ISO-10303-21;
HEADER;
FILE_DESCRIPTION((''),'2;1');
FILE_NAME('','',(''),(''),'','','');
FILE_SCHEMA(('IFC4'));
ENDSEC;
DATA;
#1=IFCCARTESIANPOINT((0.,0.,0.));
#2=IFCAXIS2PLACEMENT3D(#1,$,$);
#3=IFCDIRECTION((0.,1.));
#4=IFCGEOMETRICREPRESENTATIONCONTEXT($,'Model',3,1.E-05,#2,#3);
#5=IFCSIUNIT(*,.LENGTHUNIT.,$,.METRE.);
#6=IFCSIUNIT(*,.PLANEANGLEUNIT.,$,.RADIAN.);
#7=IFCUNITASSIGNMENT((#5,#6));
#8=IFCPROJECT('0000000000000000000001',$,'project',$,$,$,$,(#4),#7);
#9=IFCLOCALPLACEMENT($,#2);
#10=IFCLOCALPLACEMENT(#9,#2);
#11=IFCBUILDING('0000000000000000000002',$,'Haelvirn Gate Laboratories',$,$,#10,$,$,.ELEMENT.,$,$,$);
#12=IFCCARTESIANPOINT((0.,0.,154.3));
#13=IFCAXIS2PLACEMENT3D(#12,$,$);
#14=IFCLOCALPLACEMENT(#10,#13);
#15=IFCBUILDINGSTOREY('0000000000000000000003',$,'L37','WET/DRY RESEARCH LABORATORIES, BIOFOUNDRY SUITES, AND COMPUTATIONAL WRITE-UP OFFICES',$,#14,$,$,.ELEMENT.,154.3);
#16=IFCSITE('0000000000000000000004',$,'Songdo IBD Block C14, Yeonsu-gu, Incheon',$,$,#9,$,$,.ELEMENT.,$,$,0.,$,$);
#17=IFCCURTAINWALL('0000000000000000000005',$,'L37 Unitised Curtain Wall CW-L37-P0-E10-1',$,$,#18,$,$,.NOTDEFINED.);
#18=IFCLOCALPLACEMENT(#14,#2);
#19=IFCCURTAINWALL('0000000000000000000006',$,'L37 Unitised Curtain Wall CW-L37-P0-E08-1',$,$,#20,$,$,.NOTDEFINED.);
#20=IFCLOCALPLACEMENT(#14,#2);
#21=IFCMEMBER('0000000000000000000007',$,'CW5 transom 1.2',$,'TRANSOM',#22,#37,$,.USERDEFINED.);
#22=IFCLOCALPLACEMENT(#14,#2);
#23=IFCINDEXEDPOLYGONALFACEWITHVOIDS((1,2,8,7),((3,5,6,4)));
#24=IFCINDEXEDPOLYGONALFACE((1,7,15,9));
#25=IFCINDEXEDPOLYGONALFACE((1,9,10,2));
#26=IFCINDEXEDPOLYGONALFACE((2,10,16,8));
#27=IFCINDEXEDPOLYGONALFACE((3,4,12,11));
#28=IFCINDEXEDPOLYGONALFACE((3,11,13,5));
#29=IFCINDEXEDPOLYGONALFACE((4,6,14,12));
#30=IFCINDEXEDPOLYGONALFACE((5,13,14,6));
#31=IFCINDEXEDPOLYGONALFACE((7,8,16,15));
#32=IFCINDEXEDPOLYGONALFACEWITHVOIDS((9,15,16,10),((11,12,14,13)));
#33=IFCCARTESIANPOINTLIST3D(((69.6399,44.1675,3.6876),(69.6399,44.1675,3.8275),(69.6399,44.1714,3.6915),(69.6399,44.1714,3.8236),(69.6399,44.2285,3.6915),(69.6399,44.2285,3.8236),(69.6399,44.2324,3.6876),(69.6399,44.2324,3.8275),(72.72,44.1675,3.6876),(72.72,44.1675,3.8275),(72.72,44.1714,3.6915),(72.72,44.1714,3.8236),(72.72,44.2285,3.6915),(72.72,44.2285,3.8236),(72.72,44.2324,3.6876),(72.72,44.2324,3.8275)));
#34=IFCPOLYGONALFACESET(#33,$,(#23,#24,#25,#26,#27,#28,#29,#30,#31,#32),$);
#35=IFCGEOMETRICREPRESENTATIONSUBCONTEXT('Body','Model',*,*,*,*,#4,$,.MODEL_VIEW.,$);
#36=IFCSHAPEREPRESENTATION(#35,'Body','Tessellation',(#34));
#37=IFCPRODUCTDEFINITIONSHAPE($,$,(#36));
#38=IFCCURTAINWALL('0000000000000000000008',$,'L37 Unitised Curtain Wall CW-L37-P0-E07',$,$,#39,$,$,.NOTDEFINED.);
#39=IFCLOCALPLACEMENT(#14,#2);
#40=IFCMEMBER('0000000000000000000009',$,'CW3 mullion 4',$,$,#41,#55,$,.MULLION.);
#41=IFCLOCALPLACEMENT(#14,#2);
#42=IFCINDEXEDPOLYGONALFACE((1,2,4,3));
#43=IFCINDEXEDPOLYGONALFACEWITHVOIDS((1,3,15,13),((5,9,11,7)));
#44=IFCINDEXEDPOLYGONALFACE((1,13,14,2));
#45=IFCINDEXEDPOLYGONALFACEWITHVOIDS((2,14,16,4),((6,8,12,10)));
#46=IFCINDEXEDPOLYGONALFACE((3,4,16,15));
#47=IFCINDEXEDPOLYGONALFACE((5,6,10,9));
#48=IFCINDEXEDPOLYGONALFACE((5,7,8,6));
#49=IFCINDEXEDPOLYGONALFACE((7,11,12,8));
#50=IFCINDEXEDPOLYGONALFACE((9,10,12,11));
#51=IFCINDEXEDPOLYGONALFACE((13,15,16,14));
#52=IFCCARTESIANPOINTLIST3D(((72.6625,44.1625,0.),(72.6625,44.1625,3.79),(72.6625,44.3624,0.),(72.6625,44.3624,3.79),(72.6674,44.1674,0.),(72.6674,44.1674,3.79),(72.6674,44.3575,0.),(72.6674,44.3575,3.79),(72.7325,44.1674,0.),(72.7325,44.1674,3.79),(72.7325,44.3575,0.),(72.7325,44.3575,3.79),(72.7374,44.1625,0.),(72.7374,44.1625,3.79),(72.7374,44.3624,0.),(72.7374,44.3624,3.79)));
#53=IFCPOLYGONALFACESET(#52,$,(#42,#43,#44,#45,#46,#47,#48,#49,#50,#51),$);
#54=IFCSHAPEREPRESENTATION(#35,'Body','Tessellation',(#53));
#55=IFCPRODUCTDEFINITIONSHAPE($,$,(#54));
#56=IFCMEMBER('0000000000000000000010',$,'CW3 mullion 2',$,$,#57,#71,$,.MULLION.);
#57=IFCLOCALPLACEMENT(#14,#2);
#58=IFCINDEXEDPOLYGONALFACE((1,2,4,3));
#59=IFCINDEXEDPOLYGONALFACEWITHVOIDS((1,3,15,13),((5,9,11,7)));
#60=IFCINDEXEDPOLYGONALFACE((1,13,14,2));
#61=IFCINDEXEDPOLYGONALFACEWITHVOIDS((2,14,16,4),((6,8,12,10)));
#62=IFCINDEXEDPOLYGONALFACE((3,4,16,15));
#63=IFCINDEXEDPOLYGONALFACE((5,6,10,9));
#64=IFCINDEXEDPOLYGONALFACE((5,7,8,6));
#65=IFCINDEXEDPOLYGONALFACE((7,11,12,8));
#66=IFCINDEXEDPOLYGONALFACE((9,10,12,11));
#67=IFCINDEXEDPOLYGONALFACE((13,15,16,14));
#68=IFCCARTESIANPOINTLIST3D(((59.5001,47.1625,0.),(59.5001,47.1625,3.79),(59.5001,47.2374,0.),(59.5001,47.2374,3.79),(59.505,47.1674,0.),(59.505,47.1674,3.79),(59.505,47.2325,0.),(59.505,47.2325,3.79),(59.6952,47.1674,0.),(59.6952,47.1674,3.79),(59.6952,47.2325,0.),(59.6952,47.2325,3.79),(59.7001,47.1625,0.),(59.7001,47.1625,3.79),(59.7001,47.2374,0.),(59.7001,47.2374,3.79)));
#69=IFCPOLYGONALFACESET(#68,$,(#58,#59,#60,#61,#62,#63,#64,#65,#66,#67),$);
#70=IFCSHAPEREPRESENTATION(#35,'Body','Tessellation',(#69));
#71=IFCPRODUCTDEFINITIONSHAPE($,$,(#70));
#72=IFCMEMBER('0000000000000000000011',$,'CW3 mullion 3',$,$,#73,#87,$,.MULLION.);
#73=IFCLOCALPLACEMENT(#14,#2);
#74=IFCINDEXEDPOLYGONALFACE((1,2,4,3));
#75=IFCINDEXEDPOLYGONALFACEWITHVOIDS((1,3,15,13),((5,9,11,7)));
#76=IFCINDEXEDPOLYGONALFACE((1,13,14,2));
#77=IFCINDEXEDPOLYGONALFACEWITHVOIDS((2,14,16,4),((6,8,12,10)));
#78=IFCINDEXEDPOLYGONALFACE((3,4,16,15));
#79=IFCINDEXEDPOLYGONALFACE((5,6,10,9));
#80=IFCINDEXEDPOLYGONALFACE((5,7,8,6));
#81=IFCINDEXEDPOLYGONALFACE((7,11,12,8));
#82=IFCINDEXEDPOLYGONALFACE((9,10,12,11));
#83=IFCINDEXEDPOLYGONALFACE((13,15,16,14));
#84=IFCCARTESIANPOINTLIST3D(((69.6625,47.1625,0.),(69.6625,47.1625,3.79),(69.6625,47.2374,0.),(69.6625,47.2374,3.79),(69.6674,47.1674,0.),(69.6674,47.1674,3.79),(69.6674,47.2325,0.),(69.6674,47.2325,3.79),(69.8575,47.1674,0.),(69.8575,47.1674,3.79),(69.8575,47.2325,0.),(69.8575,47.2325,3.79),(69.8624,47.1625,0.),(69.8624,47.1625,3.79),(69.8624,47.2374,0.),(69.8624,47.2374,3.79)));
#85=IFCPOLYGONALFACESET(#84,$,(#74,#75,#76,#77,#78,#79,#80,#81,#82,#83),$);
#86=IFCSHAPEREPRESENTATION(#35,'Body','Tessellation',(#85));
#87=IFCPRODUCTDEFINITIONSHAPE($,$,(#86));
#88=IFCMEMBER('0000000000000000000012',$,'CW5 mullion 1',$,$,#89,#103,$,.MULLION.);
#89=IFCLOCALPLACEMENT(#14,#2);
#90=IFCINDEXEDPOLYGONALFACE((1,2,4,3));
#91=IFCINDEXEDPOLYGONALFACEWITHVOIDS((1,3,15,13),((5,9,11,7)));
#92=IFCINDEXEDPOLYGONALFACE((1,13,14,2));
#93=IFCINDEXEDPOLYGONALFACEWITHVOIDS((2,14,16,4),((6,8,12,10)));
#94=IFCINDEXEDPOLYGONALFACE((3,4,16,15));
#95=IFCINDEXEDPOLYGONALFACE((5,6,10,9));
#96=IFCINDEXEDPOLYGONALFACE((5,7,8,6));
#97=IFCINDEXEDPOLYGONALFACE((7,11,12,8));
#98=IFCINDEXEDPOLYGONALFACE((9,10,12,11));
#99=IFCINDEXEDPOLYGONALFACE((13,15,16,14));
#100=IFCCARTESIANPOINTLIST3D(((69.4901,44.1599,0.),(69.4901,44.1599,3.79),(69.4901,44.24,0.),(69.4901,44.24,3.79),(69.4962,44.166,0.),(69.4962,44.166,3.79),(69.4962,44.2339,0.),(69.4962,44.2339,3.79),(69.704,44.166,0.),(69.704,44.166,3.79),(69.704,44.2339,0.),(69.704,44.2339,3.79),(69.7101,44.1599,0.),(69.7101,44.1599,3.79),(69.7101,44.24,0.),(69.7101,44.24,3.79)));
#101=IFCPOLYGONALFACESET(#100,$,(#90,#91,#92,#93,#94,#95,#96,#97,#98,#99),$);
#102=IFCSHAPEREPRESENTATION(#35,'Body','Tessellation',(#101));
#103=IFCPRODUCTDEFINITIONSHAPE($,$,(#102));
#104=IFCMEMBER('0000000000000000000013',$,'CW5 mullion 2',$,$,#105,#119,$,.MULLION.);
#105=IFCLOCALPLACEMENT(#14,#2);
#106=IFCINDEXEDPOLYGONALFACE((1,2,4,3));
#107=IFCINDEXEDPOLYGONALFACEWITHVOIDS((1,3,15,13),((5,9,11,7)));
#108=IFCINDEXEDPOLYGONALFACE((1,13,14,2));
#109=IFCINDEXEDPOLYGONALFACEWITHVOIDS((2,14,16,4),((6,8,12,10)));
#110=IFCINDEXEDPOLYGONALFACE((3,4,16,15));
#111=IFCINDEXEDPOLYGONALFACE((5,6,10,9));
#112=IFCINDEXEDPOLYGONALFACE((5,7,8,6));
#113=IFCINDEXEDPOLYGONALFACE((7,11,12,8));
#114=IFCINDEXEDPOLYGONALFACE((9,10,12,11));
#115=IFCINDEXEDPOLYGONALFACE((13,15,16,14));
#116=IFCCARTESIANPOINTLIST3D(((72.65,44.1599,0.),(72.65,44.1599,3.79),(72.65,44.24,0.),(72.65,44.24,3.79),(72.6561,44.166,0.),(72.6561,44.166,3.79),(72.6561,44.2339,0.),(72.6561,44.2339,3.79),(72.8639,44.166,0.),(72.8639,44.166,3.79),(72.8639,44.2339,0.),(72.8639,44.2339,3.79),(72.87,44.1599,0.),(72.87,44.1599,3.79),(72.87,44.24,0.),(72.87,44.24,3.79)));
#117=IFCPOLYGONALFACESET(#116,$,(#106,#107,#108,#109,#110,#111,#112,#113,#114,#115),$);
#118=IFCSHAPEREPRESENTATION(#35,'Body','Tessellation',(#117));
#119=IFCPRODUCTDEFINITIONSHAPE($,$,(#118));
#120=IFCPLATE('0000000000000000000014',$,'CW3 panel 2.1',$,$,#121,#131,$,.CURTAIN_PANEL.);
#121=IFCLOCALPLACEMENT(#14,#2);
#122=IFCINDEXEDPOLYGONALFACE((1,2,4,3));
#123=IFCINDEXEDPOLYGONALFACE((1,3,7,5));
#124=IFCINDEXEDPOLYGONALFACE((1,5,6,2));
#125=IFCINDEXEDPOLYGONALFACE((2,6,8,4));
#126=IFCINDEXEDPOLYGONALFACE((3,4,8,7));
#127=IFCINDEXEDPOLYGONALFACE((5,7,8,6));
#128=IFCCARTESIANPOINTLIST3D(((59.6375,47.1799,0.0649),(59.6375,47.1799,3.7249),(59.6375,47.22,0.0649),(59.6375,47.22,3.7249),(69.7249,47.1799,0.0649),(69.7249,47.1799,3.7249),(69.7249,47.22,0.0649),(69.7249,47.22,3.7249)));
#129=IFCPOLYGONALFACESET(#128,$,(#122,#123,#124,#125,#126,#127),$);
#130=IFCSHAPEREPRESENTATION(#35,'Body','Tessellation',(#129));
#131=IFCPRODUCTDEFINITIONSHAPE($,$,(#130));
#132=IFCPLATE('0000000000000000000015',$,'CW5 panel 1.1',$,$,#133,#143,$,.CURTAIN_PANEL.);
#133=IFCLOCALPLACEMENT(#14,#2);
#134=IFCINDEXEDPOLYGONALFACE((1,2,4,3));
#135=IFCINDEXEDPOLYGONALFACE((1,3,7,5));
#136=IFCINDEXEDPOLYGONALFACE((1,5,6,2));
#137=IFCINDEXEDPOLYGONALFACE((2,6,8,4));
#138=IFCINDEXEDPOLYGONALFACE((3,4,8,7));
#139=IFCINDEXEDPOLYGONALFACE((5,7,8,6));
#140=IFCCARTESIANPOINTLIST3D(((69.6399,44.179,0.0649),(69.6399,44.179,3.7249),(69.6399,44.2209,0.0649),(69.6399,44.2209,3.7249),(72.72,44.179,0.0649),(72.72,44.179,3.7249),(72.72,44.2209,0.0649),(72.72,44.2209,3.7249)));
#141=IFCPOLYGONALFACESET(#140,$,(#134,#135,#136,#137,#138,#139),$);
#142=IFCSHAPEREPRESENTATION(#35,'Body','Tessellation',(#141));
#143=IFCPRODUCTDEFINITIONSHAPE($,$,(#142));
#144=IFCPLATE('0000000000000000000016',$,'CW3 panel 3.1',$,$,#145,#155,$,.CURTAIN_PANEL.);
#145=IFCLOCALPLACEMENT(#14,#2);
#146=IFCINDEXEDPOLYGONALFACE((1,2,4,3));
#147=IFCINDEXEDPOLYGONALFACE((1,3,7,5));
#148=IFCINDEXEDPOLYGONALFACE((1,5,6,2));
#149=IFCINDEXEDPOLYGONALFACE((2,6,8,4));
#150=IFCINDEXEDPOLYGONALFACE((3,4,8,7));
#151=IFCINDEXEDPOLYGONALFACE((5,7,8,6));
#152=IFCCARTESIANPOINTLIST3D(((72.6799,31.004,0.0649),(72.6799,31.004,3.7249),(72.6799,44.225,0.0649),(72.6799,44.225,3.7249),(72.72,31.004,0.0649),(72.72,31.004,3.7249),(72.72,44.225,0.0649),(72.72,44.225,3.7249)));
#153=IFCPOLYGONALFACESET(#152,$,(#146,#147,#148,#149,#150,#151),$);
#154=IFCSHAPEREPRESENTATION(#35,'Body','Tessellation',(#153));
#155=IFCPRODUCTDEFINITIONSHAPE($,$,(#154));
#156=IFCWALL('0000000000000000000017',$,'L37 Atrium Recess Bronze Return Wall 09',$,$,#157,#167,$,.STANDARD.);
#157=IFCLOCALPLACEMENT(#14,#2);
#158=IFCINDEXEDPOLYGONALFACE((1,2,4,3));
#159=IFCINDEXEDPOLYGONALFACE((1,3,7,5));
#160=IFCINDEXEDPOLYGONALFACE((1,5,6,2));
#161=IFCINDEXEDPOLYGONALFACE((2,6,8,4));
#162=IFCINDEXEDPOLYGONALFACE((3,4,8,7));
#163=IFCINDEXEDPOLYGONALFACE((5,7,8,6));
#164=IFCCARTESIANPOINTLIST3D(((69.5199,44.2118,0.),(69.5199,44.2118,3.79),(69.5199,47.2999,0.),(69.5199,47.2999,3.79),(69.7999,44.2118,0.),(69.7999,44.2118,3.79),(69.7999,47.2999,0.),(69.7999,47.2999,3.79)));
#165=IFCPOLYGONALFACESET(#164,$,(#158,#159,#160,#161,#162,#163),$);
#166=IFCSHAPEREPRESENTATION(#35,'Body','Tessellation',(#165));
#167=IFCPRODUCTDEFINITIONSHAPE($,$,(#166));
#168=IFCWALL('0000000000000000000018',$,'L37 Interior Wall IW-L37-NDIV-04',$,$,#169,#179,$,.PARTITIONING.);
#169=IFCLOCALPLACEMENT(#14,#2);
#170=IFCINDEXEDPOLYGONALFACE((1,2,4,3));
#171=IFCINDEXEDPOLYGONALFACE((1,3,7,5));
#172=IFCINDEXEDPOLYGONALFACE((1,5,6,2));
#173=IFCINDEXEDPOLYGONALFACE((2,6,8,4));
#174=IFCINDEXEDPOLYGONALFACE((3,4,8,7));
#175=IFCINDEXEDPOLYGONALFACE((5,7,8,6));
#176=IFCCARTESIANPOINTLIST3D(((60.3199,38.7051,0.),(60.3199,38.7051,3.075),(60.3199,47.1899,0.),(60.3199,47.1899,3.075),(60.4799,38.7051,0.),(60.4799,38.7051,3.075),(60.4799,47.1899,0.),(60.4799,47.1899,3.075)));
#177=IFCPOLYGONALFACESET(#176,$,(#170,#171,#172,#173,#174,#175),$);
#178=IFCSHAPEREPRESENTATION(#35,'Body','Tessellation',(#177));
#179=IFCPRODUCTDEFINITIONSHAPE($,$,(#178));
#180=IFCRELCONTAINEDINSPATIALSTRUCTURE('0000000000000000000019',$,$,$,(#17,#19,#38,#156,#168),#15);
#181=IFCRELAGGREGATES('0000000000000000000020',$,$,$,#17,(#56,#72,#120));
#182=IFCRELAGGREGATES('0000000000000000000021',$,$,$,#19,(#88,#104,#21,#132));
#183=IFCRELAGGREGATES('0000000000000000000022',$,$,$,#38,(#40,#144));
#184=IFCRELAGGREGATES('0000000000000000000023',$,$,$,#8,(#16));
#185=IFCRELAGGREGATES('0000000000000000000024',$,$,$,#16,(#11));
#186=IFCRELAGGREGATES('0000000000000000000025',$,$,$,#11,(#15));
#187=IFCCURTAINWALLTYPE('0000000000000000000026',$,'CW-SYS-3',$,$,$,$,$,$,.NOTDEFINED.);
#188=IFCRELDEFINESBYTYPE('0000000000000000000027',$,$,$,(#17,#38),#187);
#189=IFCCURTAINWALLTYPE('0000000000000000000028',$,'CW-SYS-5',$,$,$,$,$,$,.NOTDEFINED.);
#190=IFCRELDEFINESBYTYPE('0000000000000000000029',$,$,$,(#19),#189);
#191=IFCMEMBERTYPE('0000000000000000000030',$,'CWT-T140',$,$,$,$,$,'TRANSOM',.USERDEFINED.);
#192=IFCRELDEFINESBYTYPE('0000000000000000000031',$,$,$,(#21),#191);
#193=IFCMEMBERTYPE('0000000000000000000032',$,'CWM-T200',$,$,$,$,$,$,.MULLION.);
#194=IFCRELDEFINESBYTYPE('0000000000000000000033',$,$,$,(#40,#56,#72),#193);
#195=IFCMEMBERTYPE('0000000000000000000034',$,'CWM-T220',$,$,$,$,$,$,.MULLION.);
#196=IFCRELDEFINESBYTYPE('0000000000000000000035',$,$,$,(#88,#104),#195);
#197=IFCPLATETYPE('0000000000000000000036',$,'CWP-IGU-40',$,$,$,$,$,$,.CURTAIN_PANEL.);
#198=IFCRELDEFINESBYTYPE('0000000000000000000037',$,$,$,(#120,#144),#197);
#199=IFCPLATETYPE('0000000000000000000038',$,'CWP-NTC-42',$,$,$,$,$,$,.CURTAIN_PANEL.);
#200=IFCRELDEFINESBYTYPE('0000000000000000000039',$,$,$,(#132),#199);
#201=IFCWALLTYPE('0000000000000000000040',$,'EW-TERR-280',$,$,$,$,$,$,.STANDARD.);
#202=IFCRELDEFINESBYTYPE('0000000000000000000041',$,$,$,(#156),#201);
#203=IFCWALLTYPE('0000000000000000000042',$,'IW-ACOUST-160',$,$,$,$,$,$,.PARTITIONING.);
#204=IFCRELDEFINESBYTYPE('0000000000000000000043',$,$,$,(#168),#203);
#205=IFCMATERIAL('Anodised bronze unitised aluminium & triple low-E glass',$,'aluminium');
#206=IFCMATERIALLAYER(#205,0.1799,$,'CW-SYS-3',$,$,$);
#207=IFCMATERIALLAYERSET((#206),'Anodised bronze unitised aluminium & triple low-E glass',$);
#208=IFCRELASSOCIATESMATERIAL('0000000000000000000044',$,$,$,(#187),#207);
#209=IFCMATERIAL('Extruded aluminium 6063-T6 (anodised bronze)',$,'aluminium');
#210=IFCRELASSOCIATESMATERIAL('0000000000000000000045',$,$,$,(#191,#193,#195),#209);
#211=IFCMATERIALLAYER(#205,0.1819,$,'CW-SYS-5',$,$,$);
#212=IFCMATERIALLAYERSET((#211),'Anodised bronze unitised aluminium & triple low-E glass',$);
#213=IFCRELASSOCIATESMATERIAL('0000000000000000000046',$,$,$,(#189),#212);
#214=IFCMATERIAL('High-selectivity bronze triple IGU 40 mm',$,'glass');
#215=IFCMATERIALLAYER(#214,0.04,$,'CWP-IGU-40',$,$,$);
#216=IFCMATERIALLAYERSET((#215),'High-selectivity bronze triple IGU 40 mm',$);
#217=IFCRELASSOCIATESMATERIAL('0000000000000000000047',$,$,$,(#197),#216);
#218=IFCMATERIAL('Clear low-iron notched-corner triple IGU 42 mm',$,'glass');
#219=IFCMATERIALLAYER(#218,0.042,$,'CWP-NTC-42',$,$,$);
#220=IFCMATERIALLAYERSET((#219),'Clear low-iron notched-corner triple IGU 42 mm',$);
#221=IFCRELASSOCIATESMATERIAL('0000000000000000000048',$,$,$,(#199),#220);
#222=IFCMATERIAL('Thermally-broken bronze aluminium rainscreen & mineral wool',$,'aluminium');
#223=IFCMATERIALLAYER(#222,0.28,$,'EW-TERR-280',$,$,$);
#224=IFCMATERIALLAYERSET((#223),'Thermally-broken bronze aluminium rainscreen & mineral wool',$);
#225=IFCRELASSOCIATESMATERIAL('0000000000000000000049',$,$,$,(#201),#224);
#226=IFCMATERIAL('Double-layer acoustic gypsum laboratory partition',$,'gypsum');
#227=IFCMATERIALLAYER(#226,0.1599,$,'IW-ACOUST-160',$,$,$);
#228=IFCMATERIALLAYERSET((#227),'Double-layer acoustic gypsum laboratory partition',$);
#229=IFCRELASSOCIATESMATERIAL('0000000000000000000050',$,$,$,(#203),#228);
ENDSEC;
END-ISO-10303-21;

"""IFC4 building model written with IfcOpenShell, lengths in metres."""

from ifc_helpers import new_model, si_unit, direction, frame, frame_2d, origin, origin_2d, place, context, subcontext, project, spatial, rectangle, hollow_rectangle, extrude, source, transform, mapped, material, layer, layer_set, material_profile, profile_set, type_object, type_shapes, element, aggregate, save


model = new_model("IFC4")

# Units and contexts
model_context = context("Model", 3, precision=1e-05, world=origin(), true_north=direction((0.0, 1.0)))
body_context = subcontext(model_context, "Body", "Model", "MODEL_VIEW")
ifc_project = project(units=[si_unit("LENGTHUNIT", "METRE"), si_unit("PLANEANGLEUNIT", "RADIAN")], contexts=[model_context])

# Site, building, storey
site_placement = place(None, origin())
site = spatial("IfcSite", under=ifc_project, at=site_placement, Name="Songdo IBD Block C14, Yeonsu-gu, Incheon", CompositionType="ELEMENT", RefElevation=0.0)
building_placement = place(site_placement, origin())
building = spatial("IfcBuilding", under=site, at=building_placement, Name="Haelvirn Gate Laboratories", CompositionType="ELEMENT")
storey_placement = place(building_placement, frame((0.0, 0.0, 154.3)))
storey = spatial("IfcBuildingStorey", under=building, at=storey_placement, Name="L37", Description="WET/DRY RESEARCH LABORATORIES, BIOFOUNDRY SUITES, AND COMPUTATIONAL WRITE-UP OFFICES", CompositionType="ELEMENT", Elevation=154.3)

# Curtain walls, member
ifc_material_1 = material(Name="Anodised bronze unitised aluminium & triple low-E glass", Category="aluminium")
ifc_layer_1 = layer(ifc_material_1, 0.1799, Name="CW-SYS-3")
ifc_layer_set_1 = layer_set([ifc_layer_1], Name="Anodised bronze unitised aluminium & triple low-E glass")
curtain_wall_type_1 = type_object("IfcCurtainWallType", Name="CW-SYS-3", PredefinedType="NOTDEFINED", material=ifc_layer_set_1)
curtain_wall_1_placement = place(storey_placement, origin())
curtain_wall_1 = element("IfcCurtainWall", 1, at=curtain_wall_1_placement, inside=storey, type_object=curtain_wall_type_1, Name="L37 Unitised Curtain Wall CW-L37-P0-E10-1", PredefinedType="NOTDEFINED")
ifc_material_2 = material(Name="Extruded aluminium 6063-T6 (anodised bronze)", Category="aluminium")
ifc_material_profile_1 = material_profile(ifc_material_2, hollow_rectangle(XDim=0.0649, YDim=0.1399, WallThickness=0.0039, at=origin_2d()), Name="CWT-140x65x4")
ifc_profile_set_1 = profile_set([ifc_material_profile_1], Name="Extruded aluminium 6063-T6 (anodised bronze)")
member_type_1 = type_object("IfcMemberType", Name="CWT-T140", ElementType="TRANSOM", PredefinedType="USERDEFINED", material=ifc_profile_set_1)
ifc_layer_2 = layer(ifc_material_1, 0.1819, Name="CW-SYS-5")
ifc_layer_set_2 = layer_set([ifc_layer_2], Name="Anodised bronze unitised aluminium & triple low-E glass")
curtain_wall_type_2 = type_object("IfcCurtainWallType", Name="CW-SYS-5", PredefinedType="NOTDEFINED", material=ifc_layer_set_2)
curtain_wall_2_placement = place(storey_placement, origin())
curtain_wall_2 = element("IfcCurtainWall", 2, at=curtain_wall_2_placement, inside=storey, type_object=curtain_wall_type_2, Name="L37 Unitised Curtain Wall CW-L37-P0-E08-1", PredefinedType="NOTDEFINED")
shared_shape_1 = source(origin(), body_context, "Body", "SweptSolid", [
    extrude(hollow_rectangle(XDim=0.0649, YDim=0.1399, WallThickness=0.0039, at=origin_2d()), origin(), (0.0, 0.0, 1.0), 3.0801),
])
member_1_placement = place(storey_placement, frame((69.6399, 44.2, 3.7576), z_axis=(1.0, 0.0, 0.0), x_axis=(0.0, 1.0, 0.0)))
member_1 = element("IfcMember", 3, at=member_1_placement, type_object=member_type_1, Name="CW5 transom 1.2", ObjectType="TRANSOM", PredefinedType="USERDEFINED", context=body_context, shape_type="MappedRepresentation", body=[
    mapped(shared_shape_1, transform((0.0, 0.0, 0.0), scale=1.0)),
])

# Curtain wall, member
curtain_wall_3_placement = place(storey_placement, origin())
curtain_wall_3 = element("IfcCurtainWall", 4, at=curtain_wall_3_placement, inside=storey, type_object=curtain_wall_type_1, Name="L37 Unitised Curtain Wall CW-L37-P0-E07", PredefinedType="NOTDEFINED")
ifc_material_profile_2 = material_profile(ifc_material_2, hollow_rectangle(XDim=0.075, YDim=0.2, WallThickness=0.0049, at=origin_2d()), Name="CWM-200x75x5")
ifc_profile_set_2 = profile_set([ifc_material_profile_2], Name="Extruded aluminium 6063-T6 (anodised bronze)")
member_type_2 = type_object("IfcMemberType", Name="CWM-T200", PredefinedType="MULLION", material=ifc_profile_set_2)
shared_shape_2 = source(origin(), body_context, "Body", "SweptSolid", [
    extrude(hollow_rectangle(XDim=0.075, YDim=0.2, WallThickness=0.0049, at=origin_2d()), origin(), (0.0, 0.0, 1.0), 3.79),
])
type_shapes(member_type_2, [shared_shape_2])
member_2_placement = place(storey_placement, frame((72.7, 44.2625, 0.0), z_axis=(0.0, 0.0, 1.0), x_axis=(-1.0, 0.0, 0.0)))
member_2 = element("IfcMember", 5, at=member_2_placement, type_object=member_type_2, Name="CW3 mullion 4", PredefinedType="MULLION", context=body_context, shape_type="MappedRepresentation", body=[
    mapped(shared_shape_2, transform((0.0, 0.0, 0.0), scale=1.0)),
])

# Members
member_3_placement = place(storey_placement, frame((59.6001, 47.2, 0.0), z_axis=(0.0, 0.0, 1.0), x_axis=(0.0, 1.0, 0.0)))
member_3 = element("IfcMember", 6, at=member_3_placement, type_object=member_type_2, Name="CW3 mullion 2", PredefinedType="MULLION", context=body_context, shape_type="MappedRepresentation", body=[
    mapped(shared_shape_2, transform((0.0, 0.0, 0.0), scale=1.0)),
])
member_4_placement = place(storey_placement, frame((69.7625, 47.2, 0.0), z_axis=(0.0, 0.0, 1.0), x_axis=(0.0, 1.0, 0.0)))
member_4 = element("IfcMember", 7, at=member_4_placement, type_object=member_type_2, Name="CW3 mullion 3", PredefinedType="MULLION", context=body_context, shape_type="MappedRepresentation", body=[
    mapped(shared_shape_2, transform((0.0, 0.0, 0.0), scale=1.0)),
])
ifc_material_profile_3 = material_profile(ifc_material_2, hollow_rectangle(XDim=0.0801, YDim=0.22, WallThickness=0.0061, at=origin_2d()), Name="CWM-220x80x6")
ifc_profile_set_3 = profile_set([ifc_material_profile_3], Name="Extruded aluminium 6063-T6 (anodised bronze)")
member_type_3 = type_object("IfcMemberType", Name="CWM-T220", PredefinedType="MULLION", material=ifc_profile_set_3)
shared_shape_3 = source(origin(), body_context, "Body", "SweptSolid", [
    extrude(hollow_rectangle(XDim=0.0801, YDim=0.22, WallThickness=0.0061, at=origin_2d()), origin(), (0.0, 0.0, 1.0), 3.79),
])
type_shapes(member_type_3, [shared_shape_3])
member_5_placement = place(storey_placement, frame((69.6001, 44.2, 0.0), z_axis=(0.0, 0.0, 1.0), x_axis=(0.0, 1.0, 0.0)))
member_5 = element("IfcMember", 8, at=member_5_placement, type_object=member_type_3, Name="CW5 mullion 1", PredefinedType="MULLION", context=body_context, shape_type="MappedRepresentation", body=[
    mapped(shared_shape_3, transform((0.0, 0.0, 0.0), scale=1.0)),
])
member_6_placement = place(storey_placement, frame((72.76, 44.2, 0.0), z_axis=(0.0, 0.0, 1.0), x_axis=(0.0, 1.0, 0.0)))
member_6 = element("IfcMember", 9, at=member_6_placement, type_object=member_type_3, Name="CW5 mullion 2", PredefinedType="MULLION", context=body_context, shape_type="MappedRepresentation", body=[
    mapped(shared_shape_3, transform((0.0, 0.0, 0.0), scale=1.0)),
])

# Plates
ifc_material_3 = material(Name="High-selectivity bronze triple IGU 40 mm", Category="glass")
ifc_layer_3 = layer(ifc_material_3, 0.04, Name="CWP-IGU-40")
ifc_layer_set_3 = layer_set([ifc_layer_3], Name="High-selectivity bronze triple IGU 40 mm")
plate_type_1 = type_object("IfcPlateType", Name="CWP-IGU-40", PredefinedType="CURTAIN_PANEL", material=ifc_layer_set_3)
shared_shape_4 = source(origin(), body_context, "Body", "SweptSolid", [
    extrude(rectangle(XDim=10.0874, YDim=0.04, at=origin_2d()), origin(), (0.0, 0.0, 1.0), 3.6599),
])
plate_1_placement = place(storey_placement, frame((64.6812, 47.2, 0.0649), z_axis=(0.0, 0.0, 1.0), x_axis=(1.0, 0.0, 0.0)))
plate_1 = element("IfcPlate", 10, at=plate_1_placement, type_object=plate_type_1, Name="CW3 panel 2.1", PredefinedType="CURTAIN_PANEL", context=body_context, shape_type="MappedRepresentation", body=[
    mapped(shared_shape_4, transform((0.0, 0.0, 0.0), scale=1.0)),
])
aggregate(curtain_wall_1, [member_3, member_4, plate_1])
ifc_material_4 = material(Name="Clear low-iron notched-corner triple IGU 42 mm", Category="glass")
ifc_layer_4 = layer(ifc_material_4, 0.042, Name="CWP-NTC-42")
ifc_layer_set_4 = layer_set([ifc_layer_4], Name="Clear low-iron notched-corner triple IGU 42 mm")
plate_type_2 = type_object("IfcPlateType", Name="CWP-NTC-42", PredefinedType="CURTAIN_PANEL", material=ifc_layer_set_4)
shared_shape_5 = source(origin(), body_context, "Body", "SweptSolid", [
    extrude(rectangle(XDim=3.0801, YDim=0.042, at=origin_2d()), origin(), (0.0, 0.0, 1.0), 3.6599),
])
type_shapes(plate_type_2, [shared_shape_5])
plate_2_placement = place(storey_placement, frame((71.1799, 44.2, 0.0649), z_axis=(0.0, 0.0, 1.0), x_axis=(1.0, 0.0, 0.0)))
plate_2 = element("IfcPlate", 11, at=plate_2_placement, type_object=plate_type_2, Name="CW5 panel 1.1", PredefinedType="CURTAIN_PANEL", context=body_context, shape_type="MappedRepresentation", body=[
    mapped(shared_shape_5, transform((0.0, 0.0, 0.0), scale=1.0)),
])
aggregate(curtain_wall_2, [member_5, member_6, member_1, plate_2])
shared_shape_6 = source(origin(), body_context, "Body", "SweptSolid", [
    extrude(rectangle(XDim=13.2209, YDim=0.04, at=origin_2d()), origin(), (0.0, 0.0, 1.0), 3.6599),
])
type_shapes(plate_type_1, [shared_shape_4, shared_shape_6])
plate_3_placement = place(storey_placement, frame((72.7, 37.6145, 0.0649), z_axis=(0.0, 0.0, 1.0), x_axis=(0.0, 1.0, 0.0)))
plate_3 = element("IfcPlate", 12, at=plate_3_placement, type_object=plate_type_1, Name="CW3 panel 3.1", PredefinedType="CURTAIN_PANEL", context=body_context, shape_type="MappedRepresentation", body=[
    mapped(shared_shape_6, transform((0.0, 0.0, 0.0), scale=1.0)),
])
aggregate(curtain_wall_3, [member_2, plate_3])

# Walls
ifc_material_5 = material(Name="Thermally-broken bronze aluminium rainscreen & mineral wool", Category="aluminium")
ifc_layer_5 = layer(ifc_material_5, 0.28, Name="EW-TERR-280")
ifc_layer_set_5 = layer_set([ifc_layer_5], Name="Thermally-broken bronze aluminium rainscreen & mineral wool")
wall_type_1 = type_object("IfcWallType", Name="EW-TERR-280", PredefinedType="STANDARD", material=ifc_layer_set_5)
wall_1_placement = place(storey_placement, frame((69.6599, 44.2119, 0.0), z_axis=(0.0, 0.0, 1.0), x_axis=(0.0, 1.0, 0.0)))
element("IfcWall", 13, at=wall_1_placement, inside=storey, type_object=wall_type_1, Name="L37 Atrium Recess Bronze Return Wall 09", PredefinedType="STANDARD", context=body_context, shape_type="SweptSolid", body=[
    extrude(rectangle(XDim=3.0881, YDim=0.28, at=frame_2d((1.5439, 0.0))), origin(), (0.0, 0.0, 1.0), 3.79),
])
ifc_material_6 = material(Name="Double-layer acoustic gypsum laboratory partition", Category="gypsum")
ifc_layer_6 = layer(ifc_material_6, 0.1599, Name="IW-ACOUST-160")
ifc_layer_set_6 = layer_set([ifc_layer_6], Name="Double-layer acoustic gypsum laboratory partition")
wall_type_2 = type_object("IfcWallType", Name="IW-ACOUST-160", PredefinedType="PARTITIONING", material=ifc_layer_set_6)
wall_2_placement = place(storey_placement, frame((60.3999, 38.7051, 0.0), z_axis=(0.0, 0.0, 1.0), x_axis=(0.0, 1.0, 0.0)))
element("IfcWall", 14, at=wall_2_placement, inside=storey, type_object=wall_type_2, Name="L37 Interior Wall IW-L37-NDIV-04", PredefinedType="PARTITIONING", context=body_context, shape_type="SweptSolid", body=[
    extrude(rectangle(XDim=8.4849, YDim=0.1599, at=frame_2d((4.2424, 0.0))), origin(), (0.0, 0.0, 1.0), 3.075),
])

save(model, "model.ifc")
